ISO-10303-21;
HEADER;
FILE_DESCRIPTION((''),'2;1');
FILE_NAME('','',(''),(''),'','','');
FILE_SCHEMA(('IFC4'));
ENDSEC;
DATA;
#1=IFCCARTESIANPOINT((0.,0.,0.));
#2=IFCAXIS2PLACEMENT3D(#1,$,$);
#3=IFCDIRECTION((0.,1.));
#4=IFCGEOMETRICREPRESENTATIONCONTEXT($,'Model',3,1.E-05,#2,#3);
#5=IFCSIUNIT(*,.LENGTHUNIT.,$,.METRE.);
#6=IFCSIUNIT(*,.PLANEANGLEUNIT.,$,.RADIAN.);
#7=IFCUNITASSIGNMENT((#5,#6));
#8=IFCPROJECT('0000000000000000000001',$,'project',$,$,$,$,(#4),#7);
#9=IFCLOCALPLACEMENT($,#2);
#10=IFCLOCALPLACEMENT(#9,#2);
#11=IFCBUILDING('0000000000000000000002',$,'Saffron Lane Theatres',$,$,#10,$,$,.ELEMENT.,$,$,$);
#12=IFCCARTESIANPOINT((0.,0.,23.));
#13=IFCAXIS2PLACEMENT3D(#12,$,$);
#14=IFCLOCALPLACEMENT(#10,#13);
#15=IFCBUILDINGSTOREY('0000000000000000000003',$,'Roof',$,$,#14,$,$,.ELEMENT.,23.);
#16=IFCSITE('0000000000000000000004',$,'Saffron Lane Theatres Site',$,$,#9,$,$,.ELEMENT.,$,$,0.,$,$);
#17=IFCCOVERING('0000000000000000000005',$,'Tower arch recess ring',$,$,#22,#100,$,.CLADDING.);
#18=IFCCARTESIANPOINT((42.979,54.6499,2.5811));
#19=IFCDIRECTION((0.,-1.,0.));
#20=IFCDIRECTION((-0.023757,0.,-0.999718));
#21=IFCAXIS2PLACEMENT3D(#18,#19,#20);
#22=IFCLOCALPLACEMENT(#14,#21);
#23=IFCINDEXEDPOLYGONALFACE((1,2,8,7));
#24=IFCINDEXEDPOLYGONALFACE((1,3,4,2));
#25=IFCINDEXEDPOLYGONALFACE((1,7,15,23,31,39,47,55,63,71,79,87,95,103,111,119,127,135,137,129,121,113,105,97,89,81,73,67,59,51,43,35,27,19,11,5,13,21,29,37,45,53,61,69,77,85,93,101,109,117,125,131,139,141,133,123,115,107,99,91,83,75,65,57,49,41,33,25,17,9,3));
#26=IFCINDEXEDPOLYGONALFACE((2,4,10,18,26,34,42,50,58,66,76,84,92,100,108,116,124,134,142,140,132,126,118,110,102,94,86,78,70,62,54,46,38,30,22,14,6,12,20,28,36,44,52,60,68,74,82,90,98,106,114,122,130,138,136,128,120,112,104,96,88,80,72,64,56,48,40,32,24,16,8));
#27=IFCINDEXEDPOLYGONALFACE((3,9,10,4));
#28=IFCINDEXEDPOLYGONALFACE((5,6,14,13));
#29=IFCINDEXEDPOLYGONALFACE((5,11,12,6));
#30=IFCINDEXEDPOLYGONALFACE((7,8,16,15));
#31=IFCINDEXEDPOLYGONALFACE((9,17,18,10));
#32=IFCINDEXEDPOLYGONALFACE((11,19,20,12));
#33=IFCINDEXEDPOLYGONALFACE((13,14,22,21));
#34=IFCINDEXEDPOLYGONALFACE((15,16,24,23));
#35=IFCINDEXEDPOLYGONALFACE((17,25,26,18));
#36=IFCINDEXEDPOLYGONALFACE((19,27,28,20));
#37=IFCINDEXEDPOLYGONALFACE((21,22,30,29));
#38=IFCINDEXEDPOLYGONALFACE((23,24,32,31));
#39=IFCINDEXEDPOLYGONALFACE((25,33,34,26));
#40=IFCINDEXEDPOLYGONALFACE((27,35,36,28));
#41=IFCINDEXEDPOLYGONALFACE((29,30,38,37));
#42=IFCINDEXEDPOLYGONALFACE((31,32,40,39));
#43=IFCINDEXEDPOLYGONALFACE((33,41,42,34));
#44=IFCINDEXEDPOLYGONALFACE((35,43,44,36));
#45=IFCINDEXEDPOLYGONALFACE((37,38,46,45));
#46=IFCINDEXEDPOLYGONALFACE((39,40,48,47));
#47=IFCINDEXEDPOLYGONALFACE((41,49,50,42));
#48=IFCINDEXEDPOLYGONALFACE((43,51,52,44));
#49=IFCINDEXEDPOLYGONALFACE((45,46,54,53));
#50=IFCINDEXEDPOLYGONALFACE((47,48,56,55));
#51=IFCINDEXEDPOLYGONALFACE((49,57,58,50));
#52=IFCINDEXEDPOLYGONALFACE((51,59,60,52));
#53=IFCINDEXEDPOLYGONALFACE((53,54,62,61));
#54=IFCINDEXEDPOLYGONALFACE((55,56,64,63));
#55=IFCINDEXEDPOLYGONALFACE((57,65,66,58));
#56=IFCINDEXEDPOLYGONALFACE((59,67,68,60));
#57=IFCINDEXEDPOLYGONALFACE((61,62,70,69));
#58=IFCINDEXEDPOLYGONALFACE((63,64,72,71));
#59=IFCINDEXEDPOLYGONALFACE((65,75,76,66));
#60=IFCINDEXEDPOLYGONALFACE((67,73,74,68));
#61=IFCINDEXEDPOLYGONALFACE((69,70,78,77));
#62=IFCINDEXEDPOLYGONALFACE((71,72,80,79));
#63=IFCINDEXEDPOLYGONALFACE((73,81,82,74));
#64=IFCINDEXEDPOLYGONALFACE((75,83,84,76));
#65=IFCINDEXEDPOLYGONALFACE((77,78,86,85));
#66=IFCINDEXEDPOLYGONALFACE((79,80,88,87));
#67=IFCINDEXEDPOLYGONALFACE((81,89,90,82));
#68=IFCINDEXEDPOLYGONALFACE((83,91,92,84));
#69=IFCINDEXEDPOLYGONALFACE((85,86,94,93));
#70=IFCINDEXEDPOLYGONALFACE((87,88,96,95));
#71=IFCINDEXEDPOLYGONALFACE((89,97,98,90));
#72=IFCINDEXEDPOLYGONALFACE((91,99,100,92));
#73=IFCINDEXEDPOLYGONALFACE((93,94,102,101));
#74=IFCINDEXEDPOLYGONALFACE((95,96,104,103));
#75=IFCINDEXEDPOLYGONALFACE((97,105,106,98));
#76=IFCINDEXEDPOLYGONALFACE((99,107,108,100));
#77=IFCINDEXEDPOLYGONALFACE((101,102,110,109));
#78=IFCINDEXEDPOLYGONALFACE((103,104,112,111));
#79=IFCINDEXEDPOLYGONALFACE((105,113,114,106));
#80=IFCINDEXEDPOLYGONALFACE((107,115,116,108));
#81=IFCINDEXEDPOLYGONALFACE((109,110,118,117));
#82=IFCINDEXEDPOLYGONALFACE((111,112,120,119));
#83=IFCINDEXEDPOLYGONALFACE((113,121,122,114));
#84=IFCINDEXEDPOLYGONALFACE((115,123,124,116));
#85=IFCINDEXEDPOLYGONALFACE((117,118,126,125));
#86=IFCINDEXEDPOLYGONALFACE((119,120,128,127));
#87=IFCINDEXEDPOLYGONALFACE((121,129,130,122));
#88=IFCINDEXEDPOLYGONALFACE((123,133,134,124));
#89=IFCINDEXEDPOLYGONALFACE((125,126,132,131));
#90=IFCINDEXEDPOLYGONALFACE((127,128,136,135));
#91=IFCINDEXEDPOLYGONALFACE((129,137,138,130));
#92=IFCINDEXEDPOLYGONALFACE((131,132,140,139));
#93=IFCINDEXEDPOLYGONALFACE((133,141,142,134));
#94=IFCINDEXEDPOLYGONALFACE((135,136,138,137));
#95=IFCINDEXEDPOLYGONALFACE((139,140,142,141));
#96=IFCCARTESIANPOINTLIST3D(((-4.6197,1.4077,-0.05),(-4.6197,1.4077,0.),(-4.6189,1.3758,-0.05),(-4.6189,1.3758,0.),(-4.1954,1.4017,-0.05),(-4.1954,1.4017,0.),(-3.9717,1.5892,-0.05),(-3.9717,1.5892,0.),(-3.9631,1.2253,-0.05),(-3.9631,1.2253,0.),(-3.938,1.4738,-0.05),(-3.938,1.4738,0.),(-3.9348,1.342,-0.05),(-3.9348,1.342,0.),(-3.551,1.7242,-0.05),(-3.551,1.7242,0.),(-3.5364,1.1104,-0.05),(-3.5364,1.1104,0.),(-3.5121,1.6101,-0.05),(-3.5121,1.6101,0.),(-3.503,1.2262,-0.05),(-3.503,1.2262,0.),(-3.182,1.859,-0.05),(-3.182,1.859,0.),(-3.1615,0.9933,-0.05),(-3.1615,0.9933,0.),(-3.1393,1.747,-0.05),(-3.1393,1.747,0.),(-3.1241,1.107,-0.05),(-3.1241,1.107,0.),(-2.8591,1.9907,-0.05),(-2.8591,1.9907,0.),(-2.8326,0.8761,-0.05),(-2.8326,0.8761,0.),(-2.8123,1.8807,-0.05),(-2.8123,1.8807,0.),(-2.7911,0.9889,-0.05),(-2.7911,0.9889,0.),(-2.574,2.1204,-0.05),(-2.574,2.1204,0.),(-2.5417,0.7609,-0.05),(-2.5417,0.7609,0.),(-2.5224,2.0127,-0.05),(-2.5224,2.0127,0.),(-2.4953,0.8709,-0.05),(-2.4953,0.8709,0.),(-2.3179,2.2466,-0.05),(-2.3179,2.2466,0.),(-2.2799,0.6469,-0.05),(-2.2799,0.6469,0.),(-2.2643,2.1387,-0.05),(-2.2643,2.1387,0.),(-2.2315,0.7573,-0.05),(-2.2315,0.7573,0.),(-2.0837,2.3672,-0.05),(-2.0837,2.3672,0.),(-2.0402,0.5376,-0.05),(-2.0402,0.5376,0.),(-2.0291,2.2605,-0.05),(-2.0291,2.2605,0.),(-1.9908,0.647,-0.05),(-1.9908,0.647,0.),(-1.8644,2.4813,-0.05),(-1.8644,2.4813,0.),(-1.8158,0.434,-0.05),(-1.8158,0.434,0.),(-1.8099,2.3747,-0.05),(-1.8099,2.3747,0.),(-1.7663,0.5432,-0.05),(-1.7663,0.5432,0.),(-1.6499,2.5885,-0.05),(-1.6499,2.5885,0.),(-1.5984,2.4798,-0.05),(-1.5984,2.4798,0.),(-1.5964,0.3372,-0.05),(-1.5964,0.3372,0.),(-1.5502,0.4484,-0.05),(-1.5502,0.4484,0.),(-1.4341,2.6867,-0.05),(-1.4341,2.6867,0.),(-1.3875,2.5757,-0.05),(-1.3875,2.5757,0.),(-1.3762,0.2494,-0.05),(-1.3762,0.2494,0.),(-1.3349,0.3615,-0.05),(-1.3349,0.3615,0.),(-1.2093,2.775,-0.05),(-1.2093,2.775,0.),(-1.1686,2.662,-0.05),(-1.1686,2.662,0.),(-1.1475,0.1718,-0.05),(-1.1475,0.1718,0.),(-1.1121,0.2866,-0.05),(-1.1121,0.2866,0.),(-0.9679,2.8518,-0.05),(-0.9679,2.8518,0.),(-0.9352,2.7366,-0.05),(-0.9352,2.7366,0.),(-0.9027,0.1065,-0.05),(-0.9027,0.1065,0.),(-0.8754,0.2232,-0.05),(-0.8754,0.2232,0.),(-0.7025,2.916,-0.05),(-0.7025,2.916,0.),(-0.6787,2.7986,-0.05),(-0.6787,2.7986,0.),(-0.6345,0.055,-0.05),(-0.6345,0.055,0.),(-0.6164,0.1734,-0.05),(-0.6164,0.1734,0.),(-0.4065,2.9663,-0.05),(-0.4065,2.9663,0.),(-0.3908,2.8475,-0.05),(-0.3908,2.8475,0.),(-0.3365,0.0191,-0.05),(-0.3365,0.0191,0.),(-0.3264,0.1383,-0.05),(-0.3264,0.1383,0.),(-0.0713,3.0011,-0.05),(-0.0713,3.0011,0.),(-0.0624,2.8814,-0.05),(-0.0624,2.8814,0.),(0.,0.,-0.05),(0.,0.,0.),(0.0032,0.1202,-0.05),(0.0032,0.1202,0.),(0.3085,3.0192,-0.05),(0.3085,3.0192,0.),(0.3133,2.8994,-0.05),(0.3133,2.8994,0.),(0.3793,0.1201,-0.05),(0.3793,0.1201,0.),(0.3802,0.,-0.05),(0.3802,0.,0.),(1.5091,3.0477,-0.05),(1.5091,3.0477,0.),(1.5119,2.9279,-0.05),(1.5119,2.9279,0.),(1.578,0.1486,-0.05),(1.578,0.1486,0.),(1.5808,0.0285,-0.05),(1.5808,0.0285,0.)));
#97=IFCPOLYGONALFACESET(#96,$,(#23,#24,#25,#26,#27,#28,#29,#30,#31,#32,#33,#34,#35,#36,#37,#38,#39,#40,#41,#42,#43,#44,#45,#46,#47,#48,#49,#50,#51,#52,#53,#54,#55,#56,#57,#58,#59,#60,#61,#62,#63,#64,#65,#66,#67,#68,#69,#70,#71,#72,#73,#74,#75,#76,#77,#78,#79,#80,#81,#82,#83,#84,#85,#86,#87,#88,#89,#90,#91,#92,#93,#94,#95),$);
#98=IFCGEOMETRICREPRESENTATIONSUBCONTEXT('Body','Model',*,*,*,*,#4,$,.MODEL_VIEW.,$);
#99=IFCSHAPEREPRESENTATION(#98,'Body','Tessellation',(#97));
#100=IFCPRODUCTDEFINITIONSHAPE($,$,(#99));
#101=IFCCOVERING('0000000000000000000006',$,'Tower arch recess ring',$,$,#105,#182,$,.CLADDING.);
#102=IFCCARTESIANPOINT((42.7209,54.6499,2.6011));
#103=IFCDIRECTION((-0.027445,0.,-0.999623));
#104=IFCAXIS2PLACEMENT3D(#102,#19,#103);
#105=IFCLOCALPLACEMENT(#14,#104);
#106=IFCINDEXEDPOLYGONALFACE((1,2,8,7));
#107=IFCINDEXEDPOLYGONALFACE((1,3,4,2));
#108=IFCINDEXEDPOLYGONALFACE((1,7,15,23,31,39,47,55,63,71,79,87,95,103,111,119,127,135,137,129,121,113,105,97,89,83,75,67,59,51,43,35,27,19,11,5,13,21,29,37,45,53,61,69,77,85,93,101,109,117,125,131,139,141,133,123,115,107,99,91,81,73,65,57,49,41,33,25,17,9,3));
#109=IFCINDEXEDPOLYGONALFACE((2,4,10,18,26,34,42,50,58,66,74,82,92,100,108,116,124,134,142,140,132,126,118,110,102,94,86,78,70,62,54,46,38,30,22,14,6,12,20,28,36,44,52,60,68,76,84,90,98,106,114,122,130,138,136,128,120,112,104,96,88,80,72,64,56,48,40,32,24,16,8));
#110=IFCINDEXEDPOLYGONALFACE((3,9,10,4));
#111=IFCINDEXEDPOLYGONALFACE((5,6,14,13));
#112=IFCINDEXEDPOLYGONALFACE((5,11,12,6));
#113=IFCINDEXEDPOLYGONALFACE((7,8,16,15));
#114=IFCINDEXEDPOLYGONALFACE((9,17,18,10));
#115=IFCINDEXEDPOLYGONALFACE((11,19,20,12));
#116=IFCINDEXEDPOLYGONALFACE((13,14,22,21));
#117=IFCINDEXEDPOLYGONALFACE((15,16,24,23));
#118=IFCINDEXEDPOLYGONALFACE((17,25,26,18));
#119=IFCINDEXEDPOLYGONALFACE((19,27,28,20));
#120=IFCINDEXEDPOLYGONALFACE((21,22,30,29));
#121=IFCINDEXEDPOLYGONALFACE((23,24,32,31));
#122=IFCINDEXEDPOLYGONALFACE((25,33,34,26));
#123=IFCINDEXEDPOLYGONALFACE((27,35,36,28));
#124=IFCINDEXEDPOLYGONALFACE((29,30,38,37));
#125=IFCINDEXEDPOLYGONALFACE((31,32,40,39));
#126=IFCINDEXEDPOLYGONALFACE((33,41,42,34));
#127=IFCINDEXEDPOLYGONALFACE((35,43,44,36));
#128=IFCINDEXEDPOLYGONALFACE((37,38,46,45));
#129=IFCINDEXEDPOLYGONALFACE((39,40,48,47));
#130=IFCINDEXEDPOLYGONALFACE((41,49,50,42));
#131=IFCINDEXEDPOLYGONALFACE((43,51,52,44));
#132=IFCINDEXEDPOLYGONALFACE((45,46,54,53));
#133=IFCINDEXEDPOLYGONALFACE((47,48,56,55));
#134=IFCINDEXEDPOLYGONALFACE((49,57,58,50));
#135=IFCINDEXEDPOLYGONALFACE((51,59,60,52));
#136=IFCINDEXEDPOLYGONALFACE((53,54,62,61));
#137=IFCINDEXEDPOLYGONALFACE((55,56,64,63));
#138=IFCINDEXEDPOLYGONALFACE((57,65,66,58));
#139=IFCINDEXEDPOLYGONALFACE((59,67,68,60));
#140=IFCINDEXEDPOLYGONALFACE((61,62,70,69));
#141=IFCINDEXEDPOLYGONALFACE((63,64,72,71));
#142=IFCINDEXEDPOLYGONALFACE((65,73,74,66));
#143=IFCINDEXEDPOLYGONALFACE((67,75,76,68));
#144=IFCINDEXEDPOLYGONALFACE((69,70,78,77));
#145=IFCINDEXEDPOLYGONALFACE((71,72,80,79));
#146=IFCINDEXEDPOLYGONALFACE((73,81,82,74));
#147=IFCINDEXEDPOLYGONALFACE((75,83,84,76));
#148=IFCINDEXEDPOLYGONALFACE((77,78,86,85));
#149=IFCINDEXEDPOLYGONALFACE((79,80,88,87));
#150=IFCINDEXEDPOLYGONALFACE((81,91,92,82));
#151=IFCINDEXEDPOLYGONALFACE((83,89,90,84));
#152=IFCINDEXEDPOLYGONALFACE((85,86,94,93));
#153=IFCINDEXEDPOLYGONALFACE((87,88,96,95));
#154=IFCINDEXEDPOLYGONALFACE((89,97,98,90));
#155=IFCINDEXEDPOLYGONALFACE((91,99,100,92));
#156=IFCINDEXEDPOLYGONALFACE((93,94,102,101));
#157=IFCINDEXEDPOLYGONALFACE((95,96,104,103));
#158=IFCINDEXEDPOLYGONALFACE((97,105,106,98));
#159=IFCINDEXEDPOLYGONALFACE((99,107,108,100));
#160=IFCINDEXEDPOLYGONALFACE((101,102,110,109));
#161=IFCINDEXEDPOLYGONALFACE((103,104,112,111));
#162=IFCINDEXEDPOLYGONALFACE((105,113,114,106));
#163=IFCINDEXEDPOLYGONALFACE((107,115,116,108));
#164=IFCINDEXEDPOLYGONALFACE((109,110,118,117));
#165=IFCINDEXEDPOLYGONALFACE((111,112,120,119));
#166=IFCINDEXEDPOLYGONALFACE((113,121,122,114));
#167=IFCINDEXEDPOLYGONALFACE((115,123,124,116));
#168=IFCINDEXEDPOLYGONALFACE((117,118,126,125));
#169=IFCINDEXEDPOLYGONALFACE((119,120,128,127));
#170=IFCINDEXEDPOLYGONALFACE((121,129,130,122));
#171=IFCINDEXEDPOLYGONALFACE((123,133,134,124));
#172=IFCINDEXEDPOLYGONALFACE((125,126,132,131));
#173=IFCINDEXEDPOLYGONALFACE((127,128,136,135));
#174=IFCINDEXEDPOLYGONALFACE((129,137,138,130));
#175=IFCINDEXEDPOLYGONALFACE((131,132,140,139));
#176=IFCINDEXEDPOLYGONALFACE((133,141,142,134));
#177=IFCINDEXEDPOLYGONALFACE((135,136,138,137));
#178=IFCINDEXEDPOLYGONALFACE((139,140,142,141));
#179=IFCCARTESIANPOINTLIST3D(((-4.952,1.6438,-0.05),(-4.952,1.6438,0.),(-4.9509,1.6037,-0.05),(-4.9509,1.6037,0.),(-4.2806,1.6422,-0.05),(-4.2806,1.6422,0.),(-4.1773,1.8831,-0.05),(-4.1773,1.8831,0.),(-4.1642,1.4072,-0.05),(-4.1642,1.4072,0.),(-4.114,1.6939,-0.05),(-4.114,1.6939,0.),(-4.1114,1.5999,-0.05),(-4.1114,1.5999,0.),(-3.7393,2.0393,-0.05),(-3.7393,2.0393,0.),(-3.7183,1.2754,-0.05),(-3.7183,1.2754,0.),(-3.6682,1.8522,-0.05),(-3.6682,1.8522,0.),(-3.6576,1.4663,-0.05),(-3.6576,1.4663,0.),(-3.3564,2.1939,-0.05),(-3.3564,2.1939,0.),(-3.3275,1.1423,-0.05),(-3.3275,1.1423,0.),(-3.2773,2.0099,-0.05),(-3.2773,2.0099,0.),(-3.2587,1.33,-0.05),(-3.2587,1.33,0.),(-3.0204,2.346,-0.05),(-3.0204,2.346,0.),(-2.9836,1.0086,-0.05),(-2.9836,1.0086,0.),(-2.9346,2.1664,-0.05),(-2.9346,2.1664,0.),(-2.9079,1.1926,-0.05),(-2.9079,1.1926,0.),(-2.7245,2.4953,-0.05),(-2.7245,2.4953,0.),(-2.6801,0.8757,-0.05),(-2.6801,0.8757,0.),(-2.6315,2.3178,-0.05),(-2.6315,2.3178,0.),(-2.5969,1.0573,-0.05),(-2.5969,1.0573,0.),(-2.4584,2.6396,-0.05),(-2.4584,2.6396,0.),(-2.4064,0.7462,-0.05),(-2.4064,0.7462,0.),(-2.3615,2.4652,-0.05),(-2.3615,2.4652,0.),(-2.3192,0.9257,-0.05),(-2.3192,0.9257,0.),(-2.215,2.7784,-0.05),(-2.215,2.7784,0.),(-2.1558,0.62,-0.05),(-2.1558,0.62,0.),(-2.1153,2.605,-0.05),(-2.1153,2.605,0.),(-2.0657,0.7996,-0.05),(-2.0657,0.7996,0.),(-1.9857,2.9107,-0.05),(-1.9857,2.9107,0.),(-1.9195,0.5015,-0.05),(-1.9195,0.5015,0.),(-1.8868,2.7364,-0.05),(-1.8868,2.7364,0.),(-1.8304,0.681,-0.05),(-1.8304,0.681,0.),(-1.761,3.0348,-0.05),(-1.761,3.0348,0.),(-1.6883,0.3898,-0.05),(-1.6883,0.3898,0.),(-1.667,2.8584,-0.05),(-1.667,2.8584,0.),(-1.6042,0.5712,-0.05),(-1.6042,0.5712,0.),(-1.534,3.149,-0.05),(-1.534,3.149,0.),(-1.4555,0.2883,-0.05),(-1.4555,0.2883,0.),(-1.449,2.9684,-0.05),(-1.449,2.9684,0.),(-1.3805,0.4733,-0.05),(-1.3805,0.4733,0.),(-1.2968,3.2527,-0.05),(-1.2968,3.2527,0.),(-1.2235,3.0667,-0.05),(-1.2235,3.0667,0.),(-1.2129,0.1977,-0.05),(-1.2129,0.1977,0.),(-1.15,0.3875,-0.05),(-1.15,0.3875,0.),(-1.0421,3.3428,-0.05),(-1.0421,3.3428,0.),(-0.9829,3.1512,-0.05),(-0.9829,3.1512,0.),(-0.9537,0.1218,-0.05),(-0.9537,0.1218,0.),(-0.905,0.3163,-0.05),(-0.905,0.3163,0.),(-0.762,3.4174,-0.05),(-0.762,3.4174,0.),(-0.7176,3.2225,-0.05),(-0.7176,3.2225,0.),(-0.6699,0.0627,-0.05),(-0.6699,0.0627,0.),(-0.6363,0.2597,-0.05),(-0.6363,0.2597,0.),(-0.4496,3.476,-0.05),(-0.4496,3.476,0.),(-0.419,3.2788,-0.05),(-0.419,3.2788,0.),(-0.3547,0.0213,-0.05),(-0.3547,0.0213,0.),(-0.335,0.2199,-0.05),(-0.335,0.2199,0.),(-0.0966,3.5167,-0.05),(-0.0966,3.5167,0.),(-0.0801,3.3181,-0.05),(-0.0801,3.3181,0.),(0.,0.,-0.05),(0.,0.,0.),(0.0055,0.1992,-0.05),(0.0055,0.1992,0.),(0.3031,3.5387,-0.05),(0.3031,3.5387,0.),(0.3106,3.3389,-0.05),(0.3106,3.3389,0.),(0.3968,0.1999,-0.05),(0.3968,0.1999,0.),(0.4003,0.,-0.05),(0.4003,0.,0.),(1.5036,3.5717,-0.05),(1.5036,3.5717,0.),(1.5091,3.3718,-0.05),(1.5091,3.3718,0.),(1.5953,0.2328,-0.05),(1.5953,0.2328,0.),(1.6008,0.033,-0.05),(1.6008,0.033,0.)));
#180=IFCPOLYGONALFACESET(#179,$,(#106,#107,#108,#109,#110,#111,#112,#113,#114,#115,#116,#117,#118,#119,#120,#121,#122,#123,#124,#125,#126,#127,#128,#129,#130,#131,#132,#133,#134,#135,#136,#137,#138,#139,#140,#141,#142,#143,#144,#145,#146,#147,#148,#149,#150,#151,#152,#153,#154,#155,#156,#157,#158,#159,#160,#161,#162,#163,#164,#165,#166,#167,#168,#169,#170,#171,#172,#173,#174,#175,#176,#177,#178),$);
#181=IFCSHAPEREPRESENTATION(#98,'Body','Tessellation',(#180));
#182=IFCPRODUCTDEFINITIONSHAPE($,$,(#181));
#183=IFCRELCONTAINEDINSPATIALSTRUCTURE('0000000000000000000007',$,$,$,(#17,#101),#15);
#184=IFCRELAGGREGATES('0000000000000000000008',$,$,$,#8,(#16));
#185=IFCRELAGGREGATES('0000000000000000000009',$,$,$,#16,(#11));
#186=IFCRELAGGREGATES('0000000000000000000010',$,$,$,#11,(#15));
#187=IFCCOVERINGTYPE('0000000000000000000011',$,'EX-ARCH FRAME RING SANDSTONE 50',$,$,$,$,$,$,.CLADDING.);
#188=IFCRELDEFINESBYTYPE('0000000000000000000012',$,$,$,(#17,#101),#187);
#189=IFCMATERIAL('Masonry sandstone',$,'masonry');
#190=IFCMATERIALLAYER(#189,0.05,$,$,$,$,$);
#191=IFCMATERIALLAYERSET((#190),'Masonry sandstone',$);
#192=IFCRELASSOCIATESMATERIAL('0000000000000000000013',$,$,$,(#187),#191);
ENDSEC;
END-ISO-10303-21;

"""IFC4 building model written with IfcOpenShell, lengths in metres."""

from ifc_helpers import new_model, si_unit, direction, frame, origin, place, context, subcontext, project, spatial, polyline, outline, extrude, material, layer, layer_set, type_object, element, save


model = new_model("IFC4")

# Units and contexts
model_context = context("Model", 3, precision=1e-05, world=origin(), true_north=direction((0.0, 1.0)))
body_context = subcontext(model_context, "Body", "Model", "MODEL_VIEW")
ifc_project = project(units=[si_unit("LENGTHUNIT", "METRE"), si_unit("PLANEANGLEUNIT", "RADIAN")], contexts=[model_context])

# Site, building, storey
site_placement = place(None, origin())
site = spatial("IfcSite", under=ifc_project, at=site_placement, Name="Saffron Lane Theatres Site", CompositionType="ELEMENT", RefElevation=0.0)
building_placement = place(site_placement, origin())
building = spatial("IfcBuilding", under=site, at=building_placement, Name="Saffron Lane Theatres", CompositionType="ELEMENT")
storey_placement = place(building_placement, frame((0.0, 0.0, 23.0)))
storey = spatial("IfcBuildingStorey", under=building, at=storey_placement, Name="Roof", CompositionType="ELEMENT", Elevation=23.0)

# Coverings
ifc_material_1 = material(Name="Masonry sandstone", Category="masonry")
ifc_layer_1 = layer(ifc_material_1, 0.05)
ifc_layer_set_1 = layer_set([ifc_layer_1], Name="Masonry sandstone")
covering_type_1 = type_object("IfcCoveringType", Name="EX-ARCH FRAME RING SANDSTONE 50", PredefinedType="CLADDING", material=ifc_layer_set_1)
covering_1_placement = place(storey_placement, frame((42.979, 54.6499, 2.5811), z_axis=(0.0, -1.0, 0.0), x_axis=(-0.023757, 0.0, -0.999718)))
element("IfcCovering", 1, at=covering_1_placement, inside=storey, type_object=covering_type_1, Name="Tower arch recess ring", PredefinedType="CLADDING", context=body_context, shape_type="SweptSolid", body=[
    extrude(outline(polyline([(0.0, 0.0), (0.3802, 0.0), (1.5808, 0.0285), (1.578, 0.1486), (0.3793, 0.1201), (0.0032, 0.1202), (-0.3264, 0.1383), (-0.6164, 0.1734), (-0.8754, 0.2232), (-1.1121, 0.2866), (-1.3349, 0.3615), (-1.5502, 0.4484), (-1.7663, 0.5432), (-1.9908, 0.647), (-2.2315, 0.7573), (-2.4953, 0.8709), (-2.7911, 0.9889), (-3.1241, 1.107), (-3.503, 1.2262), (-3.9348, 1.342), (-4.1954, 1.4017), (-3.938, 1.4738), (-3.5121, 1.6101), (-3.1393, 1.747), (-2.8123, 1.8807), (-2.5224, 2.0127), (-2.2643, 2.1387), (-2.0291, 2.2605), (-1.8099, 2.3747), (-1.5984, 2.4798), (-1.3875, 2.5757), (-1.1686, 2.662), (-0.9352, 2.7366), (-0.6787, 2.7986), (-0.3908, 2.8475), (-0.0624, 2.8814), (0.3133, 2.8994), (1.5119, 2.9279), (1.5091, 3.0477), (0.3085, 3.0192), (-0.0713, 3.0011), (-0.4065, 2.9663), (-0.7025, 2.916), (-0.9679, 2.8518), (-1.2093, 2.775), (-1.4341, 2.6867), (-1.6499, 2.5885), (-1.8644, 2.4813), (-2.0837, 2.3672), (-2.3179, 2.2466), (-2.574, 2.1204), (-2.8591, 1.9907), (-3.182, 1.859), (-3.551, 1.7242), (-3.9717, 1.5892), (-4.6197, 1.4077), (-4.6189, 1.3758), (-3.9631, 1.2253), (-3.5364, 1.1104), (-3.1615, 0.9933), (-2.8326, 0.8761), (-2.5417, 0.7609), (-2.2799, 0.6469), (-2.0402, 0.5376), (-1.8158, 0.434), (-1.5964, 0.3372), (-1.3762, 0.2494), (-1.1475, 0.1718), (-0.9027, 0.1065), (-0.6345, 0.055), (-0.3365, 0.0191), (0.0, 0.0)])), origin(), (0.0, 0.0, -1.0), 0.05),
])
covering_2_placement = place(storey_placement, frame((42.7209, 54.6499, 2.6011), z_axis=(0.0, -1.0, 0.0), x_axis=(-0.027445, 0.0, -0.999623)))
element("IfcCovering", 2, at=covering_2_placement, inside=storey, type_object=covering_type_1, Name="Tower arch recess ring", PredefinedType="CLADDING", context=body_context, shape_type="SweptSolid", body=[
    extrude(outline(polyline([(0.0, 0.0), (0.4003, 0.0), (1.6008, 0.033), (1.5953, 0.2328), (0.3968, 0.1999), (0.0055, 0.1992), (-0.335, 0.2199), (-0.6363, 0.2597), (-0.905, 0.3163), (-1.15, 0.3875), (-1.3805, 0.4733), (-1.6042, 0.5712), (-1.8304, 0.681), (-2.0657, 0.7996), (-2.3192, 0.9257), (-2.5969, 1.0573), (-2.9079, 1.1926), (-3.2587, 1.33), (-3.6576, 1.4663), (-4.1114, 1.5999), (-4.2806, 1.6422), (-4.114, 1.6939), (-3.6682, 1.8522), (-3.2773, 2.0099), (-2.9346, 2.1664), (-2.6315, 2.3178), (-2.3615, 2.4652), (-2.1153, 2.605), (-1.8868, 2.7364), (-1.667, 2.8584), (-1.449, 2.9684), (-1.2235, 3.0667), (-0.9829, 3.1512), (-0.7176, 3.2225), (-0.419, 3.2788), (-0.0801, 3.3181), (0.3106, 3.3389), (1.5091, 3.3718), (1.5036, 3.5717), (0.3031, 3.5387), (-0.0966, 3.5167), (-0.4496, 3.476), (-0.762, 3.4174), (-1.0421, 3.3428), (-1.2968, 3.2527), (-1.534, 3.149), (-1.761, 3.0348), (-1.9857, 2.9107), (-2.215, 2.7784), (-2.4584, 2.6396), (-2.7245, 2.4953), (-3.0204, 2.346), (-3.3564, 2.1939), (-3.7393, 2.0393), (-4.1773, 1.8831), (-4.952, 1.6438), (-4.9509, 1.6037), (-4.1642, 1.4072), (-3.7183, 1.2754), (-3.3275, 1.1423), (-2.9836, 1.0086), (-2.6801, 0.8757), (-2.4064, 0.7462), (-2.1558, 0.62), (-1.9195, 0.5015), (-1.6883, 0.3898), (-1.4555, 0.2883), (-1.2129, 0.1977), (-0.9537, 0.1218), (-0.6699, 0.0627), (-0.3547, 0.0213), (0.0, 0.0)])), origin(), (0.0, 0.0, -1.0), 0.05),
])

save(model, "model.ifc")
